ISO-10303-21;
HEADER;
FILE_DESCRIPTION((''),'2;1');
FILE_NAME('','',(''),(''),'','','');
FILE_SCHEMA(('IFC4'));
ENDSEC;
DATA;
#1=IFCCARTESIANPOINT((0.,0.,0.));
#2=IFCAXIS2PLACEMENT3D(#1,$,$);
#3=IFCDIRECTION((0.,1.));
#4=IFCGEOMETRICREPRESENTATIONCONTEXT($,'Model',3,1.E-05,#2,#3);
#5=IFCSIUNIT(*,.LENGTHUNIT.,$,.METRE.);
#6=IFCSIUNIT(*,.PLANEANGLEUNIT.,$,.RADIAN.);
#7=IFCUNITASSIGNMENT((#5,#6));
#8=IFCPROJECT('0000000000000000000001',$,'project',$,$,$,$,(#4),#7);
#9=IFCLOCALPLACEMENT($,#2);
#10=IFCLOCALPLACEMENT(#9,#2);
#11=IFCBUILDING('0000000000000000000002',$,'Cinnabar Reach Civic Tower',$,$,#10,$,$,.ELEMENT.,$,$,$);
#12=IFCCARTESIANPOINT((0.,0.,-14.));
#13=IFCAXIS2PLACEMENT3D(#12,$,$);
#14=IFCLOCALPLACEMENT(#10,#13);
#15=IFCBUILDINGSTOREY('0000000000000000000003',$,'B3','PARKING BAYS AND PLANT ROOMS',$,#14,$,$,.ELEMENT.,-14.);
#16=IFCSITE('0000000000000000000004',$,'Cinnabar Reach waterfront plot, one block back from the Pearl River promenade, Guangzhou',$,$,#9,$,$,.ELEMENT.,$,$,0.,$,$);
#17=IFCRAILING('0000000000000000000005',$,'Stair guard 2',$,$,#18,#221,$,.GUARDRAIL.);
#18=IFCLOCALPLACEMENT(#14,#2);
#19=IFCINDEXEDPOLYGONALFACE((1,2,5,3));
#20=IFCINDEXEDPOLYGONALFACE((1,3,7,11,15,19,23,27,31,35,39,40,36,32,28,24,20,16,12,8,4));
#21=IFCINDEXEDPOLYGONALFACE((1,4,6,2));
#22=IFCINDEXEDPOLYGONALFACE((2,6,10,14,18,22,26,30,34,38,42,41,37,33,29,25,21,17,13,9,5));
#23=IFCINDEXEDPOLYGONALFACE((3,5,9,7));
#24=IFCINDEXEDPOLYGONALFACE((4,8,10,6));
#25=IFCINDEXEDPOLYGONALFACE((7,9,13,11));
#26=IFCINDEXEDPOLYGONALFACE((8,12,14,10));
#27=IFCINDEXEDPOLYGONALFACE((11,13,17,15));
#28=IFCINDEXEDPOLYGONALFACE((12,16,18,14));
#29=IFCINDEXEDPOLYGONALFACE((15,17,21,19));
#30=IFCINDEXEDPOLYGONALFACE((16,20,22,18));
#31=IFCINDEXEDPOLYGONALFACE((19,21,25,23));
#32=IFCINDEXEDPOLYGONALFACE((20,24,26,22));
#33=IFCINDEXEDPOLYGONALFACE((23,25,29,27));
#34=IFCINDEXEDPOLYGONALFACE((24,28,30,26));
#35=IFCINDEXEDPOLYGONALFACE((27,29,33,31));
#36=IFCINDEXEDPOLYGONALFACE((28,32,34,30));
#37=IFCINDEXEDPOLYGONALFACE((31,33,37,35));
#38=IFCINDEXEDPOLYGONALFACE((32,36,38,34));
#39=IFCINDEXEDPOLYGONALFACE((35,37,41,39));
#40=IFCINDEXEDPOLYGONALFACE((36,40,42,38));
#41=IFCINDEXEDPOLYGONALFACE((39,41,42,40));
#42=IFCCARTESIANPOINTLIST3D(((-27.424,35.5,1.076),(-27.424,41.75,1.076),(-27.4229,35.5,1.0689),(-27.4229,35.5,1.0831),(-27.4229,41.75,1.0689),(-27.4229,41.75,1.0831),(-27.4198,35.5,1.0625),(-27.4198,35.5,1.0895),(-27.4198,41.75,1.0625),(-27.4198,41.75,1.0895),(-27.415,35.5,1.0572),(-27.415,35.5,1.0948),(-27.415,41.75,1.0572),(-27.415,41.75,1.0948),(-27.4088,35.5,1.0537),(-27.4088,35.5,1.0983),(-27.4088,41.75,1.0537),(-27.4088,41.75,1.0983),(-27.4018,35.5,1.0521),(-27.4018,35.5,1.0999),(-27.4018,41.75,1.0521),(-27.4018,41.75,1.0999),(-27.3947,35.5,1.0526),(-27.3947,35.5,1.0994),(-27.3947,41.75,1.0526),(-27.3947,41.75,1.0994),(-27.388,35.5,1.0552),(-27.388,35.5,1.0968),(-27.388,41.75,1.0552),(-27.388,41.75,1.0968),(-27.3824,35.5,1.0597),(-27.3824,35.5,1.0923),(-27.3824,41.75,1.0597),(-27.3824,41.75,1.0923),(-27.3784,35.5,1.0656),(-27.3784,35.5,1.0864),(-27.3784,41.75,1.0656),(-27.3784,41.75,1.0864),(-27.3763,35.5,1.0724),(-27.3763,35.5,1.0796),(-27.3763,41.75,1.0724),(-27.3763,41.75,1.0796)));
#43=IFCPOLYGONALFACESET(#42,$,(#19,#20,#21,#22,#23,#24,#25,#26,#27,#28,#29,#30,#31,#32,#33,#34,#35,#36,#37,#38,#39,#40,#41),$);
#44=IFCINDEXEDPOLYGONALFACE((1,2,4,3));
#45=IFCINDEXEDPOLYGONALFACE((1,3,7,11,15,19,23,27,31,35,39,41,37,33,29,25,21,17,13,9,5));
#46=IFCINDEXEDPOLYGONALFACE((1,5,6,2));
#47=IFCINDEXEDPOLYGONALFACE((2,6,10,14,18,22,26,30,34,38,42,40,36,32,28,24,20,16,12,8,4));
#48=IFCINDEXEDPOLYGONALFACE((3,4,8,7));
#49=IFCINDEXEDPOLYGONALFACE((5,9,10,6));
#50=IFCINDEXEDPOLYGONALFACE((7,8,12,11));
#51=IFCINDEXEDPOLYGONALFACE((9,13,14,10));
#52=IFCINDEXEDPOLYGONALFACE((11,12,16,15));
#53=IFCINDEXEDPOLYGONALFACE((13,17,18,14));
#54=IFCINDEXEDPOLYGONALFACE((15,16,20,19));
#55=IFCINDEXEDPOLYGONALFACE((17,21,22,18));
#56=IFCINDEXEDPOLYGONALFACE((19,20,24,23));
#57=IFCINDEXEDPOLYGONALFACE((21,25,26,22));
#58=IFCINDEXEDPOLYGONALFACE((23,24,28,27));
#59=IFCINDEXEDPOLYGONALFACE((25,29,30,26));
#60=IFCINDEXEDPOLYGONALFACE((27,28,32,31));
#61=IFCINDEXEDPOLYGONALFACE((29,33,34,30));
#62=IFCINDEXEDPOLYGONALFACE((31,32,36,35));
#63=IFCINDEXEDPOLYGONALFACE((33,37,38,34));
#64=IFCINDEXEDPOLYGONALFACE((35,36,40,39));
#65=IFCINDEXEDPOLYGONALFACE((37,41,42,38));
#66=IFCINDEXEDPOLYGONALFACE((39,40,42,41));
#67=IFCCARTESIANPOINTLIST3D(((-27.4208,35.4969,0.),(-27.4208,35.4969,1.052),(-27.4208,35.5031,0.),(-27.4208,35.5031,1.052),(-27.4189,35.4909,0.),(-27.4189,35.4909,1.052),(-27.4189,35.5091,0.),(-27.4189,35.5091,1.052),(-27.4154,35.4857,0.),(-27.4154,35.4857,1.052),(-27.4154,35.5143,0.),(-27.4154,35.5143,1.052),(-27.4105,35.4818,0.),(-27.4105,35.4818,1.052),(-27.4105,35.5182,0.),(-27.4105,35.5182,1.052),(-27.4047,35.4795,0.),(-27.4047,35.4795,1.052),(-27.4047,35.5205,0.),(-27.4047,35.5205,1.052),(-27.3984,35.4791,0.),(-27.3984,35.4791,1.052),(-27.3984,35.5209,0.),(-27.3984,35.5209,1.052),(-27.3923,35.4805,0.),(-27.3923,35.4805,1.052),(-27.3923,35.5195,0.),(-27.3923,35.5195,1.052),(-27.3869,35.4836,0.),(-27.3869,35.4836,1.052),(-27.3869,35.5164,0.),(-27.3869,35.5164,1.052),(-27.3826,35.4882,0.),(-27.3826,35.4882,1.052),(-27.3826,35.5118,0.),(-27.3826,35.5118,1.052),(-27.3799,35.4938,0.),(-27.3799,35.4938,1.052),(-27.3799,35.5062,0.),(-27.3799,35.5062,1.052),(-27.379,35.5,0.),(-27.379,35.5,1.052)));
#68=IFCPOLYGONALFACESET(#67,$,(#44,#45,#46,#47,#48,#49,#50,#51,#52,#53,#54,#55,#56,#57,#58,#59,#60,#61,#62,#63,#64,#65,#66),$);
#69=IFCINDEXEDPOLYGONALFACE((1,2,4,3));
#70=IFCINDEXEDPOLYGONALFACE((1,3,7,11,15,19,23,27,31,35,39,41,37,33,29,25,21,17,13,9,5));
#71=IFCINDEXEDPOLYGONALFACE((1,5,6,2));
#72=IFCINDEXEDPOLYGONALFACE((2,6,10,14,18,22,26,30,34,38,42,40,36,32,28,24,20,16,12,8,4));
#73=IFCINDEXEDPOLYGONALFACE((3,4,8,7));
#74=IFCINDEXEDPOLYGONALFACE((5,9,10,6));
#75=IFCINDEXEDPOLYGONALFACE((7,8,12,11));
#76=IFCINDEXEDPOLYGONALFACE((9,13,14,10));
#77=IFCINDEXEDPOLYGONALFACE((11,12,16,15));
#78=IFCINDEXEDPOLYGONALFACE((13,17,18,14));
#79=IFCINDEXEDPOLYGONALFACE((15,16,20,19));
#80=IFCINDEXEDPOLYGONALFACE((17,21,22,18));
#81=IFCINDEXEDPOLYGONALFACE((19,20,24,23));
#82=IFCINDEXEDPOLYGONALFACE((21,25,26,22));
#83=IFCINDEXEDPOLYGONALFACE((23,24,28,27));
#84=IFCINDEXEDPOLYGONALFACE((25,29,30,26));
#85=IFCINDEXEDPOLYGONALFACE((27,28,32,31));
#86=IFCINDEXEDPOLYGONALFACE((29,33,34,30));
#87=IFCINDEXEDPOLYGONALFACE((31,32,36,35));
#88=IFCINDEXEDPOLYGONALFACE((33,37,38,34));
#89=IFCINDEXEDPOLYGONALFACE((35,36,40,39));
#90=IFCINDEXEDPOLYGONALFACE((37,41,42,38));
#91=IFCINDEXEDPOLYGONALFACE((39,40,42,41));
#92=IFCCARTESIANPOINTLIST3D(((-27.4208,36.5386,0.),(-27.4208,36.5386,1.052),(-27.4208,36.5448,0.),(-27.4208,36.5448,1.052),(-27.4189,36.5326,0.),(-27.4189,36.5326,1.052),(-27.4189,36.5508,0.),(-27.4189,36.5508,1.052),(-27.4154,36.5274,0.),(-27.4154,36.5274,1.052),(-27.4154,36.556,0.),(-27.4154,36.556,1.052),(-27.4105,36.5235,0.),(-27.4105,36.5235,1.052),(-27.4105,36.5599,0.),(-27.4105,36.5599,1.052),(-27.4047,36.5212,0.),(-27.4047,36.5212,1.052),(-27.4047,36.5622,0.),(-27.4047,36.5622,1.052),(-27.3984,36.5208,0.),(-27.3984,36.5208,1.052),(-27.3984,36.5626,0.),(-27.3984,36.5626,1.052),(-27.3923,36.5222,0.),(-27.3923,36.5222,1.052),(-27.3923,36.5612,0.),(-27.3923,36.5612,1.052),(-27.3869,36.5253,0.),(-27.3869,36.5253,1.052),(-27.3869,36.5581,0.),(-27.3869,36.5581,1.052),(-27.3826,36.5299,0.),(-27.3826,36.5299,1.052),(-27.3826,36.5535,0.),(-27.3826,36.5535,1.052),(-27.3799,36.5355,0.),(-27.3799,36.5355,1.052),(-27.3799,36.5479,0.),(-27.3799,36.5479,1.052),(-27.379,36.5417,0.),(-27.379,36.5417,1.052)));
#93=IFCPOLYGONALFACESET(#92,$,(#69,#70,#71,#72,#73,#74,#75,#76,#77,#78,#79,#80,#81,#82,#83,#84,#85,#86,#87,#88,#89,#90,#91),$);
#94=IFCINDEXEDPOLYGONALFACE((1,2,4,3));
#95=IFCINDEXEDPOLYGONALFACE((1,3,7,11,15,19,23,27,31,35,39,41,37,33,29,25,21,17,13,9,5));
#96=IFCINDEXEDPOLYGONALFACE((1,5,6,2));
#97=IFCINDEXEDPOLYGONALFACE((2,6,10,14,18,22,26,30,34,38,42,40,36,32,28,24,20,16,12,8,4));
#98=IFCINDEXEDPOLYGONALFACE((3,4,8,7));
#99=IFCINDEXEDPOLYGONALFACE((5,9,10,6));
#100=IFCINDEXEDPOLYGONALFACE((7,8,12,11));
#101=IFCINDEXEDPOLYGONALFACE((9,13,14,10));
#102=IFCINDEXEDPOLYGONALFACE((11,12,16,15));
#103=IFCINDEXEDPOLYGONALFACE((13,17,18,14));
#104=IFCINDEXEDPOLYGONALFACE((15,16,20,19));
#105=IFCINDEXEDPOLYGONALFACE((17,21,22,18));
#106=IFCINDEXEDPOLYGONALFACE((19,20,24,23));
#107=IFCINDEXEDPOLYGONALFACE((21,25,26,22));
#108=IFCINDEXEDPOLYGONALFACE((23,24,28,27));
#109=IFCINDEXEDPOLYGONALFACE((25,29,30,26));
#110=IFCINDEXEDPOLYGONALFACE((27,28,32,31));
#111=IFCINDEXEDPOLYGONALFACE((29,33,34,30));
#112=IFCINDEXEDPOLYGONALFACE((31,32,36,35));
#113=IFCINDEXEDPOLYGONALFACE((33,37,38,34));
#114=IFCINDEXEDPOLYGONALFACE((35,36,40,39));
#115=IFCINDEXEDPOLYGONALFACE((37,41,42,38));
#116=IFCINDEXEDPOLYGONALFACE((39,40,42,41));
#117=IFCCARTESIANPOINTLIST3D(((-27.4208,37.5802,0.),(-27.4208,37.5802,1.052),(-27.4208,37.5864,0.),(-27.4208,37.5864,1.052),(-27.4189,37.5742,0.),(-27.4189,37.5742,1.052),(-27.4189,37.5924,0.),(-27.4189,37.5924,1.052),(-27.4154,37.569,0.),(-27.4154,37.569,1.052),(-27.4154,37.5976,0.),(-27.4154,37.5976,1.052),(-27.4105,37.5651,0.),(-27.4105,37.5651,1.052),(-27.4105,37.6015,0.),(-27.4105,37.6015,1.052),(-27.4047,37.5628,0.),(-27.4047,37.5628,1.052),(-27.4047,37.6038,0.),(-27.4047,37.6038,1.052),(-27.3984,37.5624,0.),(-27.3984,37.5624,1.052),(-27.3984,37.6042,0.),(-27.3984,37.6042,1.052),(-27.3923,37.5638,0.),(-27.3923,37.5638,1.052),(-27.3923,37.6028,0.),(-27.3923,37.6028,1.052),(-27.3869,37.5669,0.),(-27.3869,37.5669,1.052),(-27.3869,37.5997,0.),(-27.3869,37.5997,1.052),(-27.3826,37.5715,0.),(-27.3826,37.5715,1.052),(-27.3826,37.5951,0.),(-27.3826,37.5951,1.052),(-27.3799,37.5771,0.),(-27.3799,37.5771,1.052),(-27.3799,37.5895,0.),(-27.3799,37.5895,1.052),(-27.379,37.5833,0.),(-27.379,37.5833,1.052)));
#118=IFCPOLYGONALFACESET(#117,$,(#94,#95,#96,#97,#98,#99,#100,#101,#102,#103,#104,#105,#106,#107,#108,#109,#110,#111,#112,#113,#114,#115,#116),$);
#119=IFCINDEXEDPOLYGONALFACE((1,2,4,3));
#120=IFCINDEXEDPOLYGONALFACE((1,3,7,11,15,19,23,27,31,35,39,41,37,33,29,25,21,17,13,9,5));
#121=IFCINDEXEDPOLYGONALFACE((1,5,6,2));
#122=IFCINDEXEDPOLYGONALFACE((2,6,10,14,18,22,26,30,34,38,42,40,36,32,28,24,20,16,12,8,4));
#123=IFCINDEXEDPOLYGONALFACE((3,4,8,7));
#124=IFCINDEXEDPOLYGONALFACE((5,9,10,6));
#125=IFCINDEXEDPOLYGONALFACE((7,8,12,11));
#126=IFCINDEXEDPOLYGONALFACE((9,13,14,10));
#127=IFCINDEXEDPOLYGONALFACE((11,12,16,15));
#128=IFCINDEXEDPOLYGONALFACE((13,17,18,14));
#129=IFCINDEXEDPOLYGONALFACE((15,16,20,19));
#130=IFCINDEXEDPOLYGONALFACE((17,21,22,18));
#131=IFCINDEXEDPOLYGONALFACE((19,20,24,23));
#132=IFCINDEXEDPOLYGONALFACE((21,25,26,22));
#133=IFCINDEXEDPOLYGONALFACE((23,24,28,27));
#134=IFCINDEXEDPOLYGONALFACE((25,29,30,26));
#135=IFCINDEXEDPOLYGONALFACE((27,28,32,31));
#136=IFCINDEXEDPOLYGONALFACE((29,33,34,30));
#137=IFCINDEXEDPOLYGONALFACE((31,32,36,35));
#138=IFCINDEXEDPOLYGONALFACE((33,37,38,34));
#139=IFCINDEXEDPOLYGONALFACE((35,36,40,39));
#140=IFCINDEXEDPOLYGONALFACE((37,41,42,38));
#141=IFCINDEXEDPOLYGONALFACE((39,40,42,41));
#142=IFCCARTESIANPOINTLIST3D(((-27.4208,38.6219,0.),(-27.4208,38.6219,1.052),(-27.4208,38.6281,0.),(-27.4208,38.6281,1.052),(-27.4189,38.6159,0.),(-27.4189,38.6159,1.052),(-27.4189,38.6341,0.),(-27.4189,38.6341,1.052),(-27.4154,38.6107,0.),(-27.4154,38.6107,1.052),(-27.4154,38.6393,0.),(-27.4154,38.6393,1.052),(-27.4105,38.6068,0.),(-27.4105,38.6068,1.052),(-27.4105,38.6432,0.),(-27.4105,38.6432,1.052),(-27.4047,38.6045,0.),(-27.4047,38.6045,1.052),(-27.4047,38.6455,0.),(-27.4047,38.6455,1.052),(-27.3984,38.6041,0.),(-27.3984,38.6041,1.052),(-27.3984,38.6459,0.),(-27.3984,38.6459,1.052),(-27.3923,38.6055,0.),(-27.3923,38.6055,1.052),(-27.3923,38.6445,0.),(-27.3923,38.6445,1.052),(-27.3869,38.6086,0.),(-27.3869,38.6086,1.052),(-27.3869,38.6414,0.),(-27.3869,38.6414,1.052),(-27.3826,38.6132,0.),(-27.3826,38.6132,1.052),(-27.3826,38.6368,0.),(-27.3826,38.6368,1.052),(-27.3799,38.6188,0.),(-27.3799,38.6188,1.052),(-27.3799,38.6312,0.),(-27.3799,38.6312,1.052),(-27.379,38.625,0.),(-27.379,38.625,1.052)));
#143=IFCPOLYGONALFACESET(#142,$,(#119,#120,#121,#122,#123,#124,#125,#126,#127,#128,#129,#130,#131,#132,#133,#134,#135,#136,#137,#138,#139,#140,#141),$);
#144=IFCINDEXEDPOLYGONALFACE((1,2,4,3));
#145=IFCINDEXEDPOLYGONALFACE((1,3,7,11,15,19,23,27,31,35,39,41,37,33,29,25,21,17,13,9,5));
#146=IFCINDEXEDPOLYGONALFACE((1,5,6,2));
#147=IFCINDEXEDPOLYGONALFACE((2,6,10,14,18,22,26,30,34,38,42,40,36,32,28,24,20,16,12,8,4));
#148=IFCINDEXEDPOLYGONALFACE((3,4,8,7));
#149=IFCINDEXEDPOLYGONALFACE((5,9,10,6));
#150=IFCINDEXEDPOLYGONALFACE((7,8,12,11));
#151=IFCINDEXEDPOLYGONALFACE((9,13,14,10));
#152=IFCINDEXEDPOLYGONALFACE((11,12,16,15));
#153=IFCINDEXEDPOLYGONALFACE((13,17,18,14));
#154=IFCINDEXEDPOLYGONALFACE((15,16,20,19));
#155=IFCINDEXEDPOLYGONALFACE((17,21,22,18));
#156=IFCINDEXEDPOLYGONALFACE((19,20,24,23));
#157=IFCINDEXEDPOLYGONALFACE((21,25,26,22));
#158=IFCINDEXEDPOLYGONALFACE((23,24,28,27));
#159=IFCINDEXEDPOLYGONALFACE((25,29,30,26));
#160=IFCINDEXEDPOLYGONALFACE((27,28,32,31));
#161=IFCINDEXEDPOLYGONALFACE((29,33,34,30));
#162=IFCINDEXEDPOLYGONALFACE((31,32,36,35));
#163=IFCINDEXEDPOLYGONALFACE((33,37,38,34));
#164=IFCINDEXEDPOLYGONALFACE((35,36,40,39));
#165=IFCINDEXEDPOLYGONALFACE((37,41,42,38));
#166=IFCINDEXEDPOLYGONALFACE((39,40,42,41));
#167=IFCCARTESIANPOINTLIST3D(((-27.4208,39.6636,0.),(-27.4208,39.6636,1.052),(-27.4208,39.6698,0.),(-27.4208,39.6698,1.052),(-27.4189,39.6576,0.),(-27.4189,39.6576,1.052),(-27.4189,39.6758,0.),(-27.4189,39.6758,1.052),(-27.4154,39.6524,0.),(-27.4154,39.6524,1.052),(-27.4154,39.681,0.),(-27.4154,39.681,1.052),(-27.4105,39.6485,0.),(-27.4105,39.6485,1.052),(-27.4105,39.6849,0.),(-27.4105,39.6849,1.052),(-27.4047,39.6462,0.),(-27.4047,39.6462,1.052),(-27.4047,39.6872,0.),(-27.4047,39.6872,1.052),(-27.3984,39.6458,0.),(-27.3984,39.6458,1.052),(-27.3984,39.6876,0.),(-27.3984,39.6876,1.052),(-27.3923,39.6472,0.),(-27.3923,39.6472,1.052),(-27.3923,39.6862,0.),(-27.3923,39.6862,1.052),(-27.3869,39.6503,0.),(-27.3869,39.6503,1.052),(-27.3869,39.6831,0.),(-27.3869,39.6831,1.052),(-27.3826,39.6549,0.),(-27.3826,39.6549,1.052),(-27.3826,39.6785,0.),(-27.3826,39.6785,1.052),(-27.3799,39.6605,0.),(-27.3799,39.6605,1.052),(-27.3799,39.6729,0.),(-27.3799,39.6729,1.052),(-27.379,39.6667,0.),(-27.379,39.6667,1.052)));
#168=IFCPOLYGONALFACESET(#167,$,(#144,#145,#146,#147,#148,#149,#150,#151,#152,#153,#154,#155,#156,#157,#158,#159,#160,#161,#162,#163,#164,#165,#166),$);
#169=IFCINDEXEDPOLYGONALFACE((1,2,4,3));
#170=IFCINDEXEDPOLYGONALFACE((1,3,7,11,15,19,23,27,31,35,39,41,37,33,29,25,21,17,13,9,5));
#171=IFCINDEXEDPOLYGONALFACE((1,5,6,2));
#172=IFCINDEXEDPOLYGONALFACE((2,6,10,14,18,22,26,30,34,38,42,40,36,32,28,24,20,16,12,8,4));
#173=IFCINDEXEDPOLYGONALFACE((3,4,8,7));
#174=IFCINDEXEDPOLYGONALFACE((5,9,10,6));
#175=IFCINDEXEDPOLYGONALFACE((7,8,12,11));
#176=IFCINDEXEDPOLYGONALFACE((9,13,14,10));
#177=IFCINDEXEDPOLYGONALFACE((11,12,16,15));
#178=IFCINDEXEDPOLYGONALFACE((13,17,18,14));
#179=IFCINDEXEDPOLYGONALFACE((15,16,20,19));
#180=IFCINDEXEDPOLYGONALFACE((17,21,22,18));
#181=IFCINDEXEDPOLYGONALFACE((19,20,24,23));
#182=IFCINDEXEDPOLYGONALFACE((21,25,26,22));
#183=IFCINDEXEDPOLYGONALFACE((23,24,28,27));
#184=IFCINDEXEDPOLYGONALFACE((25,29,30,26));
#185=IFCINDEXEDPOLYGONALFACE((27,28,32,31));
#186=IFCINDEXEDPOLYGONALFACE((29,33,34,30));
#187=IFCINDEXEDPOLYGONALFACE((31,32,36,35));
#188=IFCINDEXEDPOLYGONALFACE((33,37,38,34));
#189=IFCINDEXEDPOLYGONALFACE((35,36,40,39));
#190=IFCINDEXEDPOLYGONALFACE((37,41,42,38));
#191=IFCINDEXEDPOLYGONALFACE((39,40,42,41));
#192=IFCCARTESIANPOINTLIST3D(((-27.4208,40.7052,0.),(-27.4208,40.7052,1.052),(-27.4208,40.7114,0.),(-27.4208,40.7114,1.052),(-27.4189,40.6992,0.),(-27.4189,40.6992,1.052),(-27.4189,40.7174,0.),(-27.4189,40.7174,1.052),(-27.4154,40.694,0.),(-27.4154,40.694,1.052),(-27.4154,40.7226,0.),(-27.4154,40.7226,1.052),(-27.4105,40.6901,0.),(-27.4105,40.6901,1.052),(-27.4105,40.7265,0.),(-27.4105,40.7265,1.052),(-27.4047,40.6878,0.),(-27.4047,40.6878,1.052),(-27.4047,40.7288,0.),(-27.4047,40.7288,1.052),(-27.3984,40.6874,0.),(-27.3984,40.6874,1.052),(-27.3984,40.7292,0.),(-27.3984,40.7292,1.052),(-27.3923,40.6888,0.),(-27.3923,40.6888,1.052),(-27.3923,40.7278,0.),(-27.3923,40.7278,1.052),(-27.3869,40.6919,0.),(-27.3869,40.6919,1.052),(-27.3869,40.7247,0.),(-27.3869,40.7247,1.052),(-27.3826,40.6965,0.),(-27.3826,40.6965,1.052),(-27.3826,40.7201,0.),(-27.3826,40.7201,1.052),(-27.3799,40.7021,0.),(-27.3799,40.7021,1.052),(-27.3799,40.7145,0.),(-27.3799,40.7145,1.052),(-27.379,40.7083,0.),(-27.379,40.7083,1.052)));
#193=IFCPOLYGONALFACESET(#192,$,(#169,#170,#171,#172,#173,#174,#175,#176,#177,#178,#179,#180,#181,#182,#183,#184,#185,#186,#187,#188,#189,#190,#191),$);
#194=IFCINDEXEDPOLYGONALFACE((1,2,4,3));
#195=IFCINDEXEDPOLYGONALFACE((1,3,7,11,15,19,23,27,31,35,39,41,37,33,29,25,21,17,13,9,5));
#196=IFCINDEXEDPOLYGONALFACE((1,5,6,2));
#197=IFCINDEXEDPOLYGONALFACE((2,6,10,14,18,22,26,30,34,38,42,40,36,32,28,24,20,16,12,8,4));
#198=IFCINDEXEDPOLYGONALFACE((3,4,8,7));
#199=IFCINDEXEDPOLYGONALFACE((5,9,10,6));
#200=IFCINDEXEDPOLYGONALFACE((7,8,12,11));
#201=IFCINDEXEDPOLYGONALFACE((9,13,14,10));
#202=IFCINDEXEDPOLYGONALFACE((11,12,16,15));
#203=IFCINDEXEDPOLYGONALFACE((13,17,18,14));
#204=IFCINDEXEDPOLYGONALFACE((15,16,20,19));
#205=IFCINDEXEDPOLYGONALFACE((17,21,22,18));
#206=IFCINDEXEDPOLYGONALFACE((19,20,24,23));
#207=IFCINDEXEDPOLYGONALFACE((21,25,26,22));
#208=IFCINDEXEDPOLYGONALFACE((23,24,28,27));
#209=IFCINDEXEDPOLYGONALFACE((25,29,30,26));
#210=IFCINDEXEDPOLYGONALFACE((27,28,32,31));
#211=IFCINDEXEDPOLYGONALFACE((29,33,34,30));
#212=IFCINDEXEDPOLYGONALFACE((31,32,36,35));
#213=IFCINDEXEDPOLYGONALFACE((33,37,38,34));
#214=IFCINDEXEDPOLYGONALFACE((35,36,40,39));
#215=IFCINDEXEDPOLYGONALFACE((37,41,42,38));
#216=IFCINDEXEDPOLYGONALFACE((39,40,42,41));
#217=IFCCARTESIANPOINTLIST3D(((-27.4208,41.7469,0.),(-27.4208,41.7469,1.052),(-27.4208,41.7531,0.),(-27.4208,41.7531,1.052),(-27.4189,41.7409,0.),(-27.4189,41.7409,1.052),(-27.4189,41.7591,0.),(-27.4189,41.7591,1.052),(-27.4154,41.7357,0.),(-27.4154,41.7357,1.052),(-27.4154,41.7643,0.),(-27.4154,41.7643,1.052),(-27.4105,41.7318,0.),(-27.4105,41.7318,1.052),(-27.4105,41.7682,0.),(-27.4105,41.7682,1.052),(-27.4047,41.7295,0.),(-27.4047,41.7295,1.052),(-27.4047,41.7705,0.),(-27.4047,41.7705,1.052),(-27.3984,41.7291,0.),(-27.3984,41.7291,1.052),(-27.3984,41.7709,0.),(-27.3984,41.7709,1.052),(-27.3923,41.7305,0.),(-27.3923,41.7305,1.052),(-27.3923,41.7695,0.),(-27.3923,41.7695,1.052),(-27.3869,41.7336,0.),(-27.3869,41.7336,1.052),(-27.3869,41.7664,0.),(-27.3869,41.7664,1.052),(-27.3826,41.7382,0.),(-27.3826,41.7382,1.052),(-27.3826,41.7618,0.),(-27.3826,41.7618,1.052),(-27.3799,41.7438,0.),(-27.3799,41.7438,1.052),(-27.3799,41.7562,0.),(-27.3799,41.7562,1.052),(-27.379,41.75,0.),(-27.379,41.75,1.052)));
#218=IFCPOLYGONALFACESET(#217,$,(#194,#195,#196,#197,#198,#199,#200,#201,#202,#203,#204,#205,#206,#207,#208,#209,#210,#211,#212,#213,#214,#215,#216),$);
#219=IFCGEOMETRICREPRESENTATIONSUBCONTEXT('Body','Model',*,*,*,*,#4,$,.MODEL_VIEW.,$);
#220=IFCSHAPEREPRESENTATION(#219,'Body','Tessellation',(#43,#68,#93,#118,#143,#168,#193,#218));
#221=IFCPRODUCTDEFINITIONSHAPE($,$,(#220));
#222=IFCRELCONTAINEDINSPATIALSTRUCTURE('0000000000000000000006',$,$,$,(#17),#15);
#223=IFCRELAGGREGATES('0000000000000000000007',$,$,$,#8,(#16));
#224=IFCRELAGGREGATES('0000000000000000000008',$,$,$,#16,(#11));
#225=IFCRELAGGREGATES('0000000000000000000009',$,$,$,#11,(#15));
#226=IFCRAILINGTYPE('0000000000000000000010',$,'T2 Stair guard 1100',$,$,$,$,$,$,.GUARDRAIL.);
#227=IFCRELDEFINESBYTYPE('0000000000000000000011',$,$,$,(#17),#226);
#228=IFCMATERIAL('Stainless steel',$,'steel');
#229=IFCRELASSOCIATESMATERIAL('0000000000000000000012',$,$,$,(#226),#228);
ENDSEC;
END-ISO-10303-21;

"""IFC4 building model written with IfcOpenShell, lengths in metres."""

from ifc_helpers import new_model, si_unit, direction, frame, origin, origin_2d, place, context, subcontext, project, spatial, circle, extrude, material, type_object, element, save


model = new_model("IFC4")

# Units and contexts
model_context = context("Model", 3, precision=1e-05, world=origin(), true_north=direction((0.0, 1.0)))
body_context = subcontext(model_context, "Body", "Model", "MODEL_VIEW")
ifc_project = project(units=[si_unit("LENGTHUNIT", "METRE"), si_unit("PLANEANGLEUNIT", "RADIAN")], contexts=[model_context])

# Site, building, storey
site_placement = place(None, origin())
site = spatial("IfcSite", under=ifc_project, at=site_placement, Name="Cinnabar Reach waterfront plot, one block back from the Pearl River promenade, Guangzhou", CompositionType="ELEMENT", RefElevation=0.0)
building_placement = place(site_placement, origin())
building = spatial("IfcBuilding", under=site, at=building_placement, Name="Cinnabar Reach Civic Tower", CompositionType="ELEMENT")
storey_placement = place(building_placement, frame((0.0, 0.0, -14.0)))
storey = spatial("IfcBuildingStorey", under=building, at=storey_placement, Name="B3", Description="PARKING BAYS AND PLANT ROOMS", CompositionType="ELEMENT", Elevation=-14.0)

# Railing
ifc_material_1 = material(Name="Stainless steel", Category="steel")
railing_type = type_object("IfcRailingType", Name="T2 Stair guard 1100", PredefinedType="GUARDRAIL", material=ifc_material_1)
for number, where, name in (
    (1, (-27.4, 35.5, 0.0), "Stair guard 2"),
):
    element("IfcRailing", number, at=place(storey_placement, frame(where)), inside=storey, type_object=railing_type, Name=name, PredefinedType="GUARDRAIL", context=body_context, shape_type="SweptSolid", body=[
        extrude(circle(Radius=0.024, at=origin_2d()), frame((0.0, 0.0, 1.076), z_axis=(0.0, 1.0, 0.0), x_axis=(-1.0, 0.0, 0.0)), (0.0, 0.0, 1.0), 6.25),
        extrude(circle(Radius=0.021, at=origin_2d()), origin(), (0.0, 0.0, 1.0), 1.052),
        extrude(circle(Radius=0.021, at=origin_2d()), frame((0.0, 1.0417, 0.0)), (0.0, 0.0, 1.0), 1.052),
        extrude(circle(Radius=0.021, at=origin_2d()), frame((0.0, 2.0833, 0.0)), (0.0, 0.0, 1.0), 1.052),
        extrude(circle(Radius=0.021, at=origin_2d()), frame((0.0, 3.125, 0.0)), (0.0, 0.0, 1.0), 1.052),
        extrude(circle(Radius=0.021, at=origin_2d()), frame((0.0, 4.1667, 0.0)), (0.0, 0.0, 1.0), 1.052),
        extrude(circle(Radius=0.021, at=origin_2d()), frame((0.0, 5.2083, 0.0)), (0.0, 0.0, 1.0), 1.052),
        extrude(circle(Radius=0.021, at=origin_2d()), frame((0.0, 6.25, 0.0)), (0.0, 0.0, 1.0), 1.052),
    ])

save(model, "model.ifc")
